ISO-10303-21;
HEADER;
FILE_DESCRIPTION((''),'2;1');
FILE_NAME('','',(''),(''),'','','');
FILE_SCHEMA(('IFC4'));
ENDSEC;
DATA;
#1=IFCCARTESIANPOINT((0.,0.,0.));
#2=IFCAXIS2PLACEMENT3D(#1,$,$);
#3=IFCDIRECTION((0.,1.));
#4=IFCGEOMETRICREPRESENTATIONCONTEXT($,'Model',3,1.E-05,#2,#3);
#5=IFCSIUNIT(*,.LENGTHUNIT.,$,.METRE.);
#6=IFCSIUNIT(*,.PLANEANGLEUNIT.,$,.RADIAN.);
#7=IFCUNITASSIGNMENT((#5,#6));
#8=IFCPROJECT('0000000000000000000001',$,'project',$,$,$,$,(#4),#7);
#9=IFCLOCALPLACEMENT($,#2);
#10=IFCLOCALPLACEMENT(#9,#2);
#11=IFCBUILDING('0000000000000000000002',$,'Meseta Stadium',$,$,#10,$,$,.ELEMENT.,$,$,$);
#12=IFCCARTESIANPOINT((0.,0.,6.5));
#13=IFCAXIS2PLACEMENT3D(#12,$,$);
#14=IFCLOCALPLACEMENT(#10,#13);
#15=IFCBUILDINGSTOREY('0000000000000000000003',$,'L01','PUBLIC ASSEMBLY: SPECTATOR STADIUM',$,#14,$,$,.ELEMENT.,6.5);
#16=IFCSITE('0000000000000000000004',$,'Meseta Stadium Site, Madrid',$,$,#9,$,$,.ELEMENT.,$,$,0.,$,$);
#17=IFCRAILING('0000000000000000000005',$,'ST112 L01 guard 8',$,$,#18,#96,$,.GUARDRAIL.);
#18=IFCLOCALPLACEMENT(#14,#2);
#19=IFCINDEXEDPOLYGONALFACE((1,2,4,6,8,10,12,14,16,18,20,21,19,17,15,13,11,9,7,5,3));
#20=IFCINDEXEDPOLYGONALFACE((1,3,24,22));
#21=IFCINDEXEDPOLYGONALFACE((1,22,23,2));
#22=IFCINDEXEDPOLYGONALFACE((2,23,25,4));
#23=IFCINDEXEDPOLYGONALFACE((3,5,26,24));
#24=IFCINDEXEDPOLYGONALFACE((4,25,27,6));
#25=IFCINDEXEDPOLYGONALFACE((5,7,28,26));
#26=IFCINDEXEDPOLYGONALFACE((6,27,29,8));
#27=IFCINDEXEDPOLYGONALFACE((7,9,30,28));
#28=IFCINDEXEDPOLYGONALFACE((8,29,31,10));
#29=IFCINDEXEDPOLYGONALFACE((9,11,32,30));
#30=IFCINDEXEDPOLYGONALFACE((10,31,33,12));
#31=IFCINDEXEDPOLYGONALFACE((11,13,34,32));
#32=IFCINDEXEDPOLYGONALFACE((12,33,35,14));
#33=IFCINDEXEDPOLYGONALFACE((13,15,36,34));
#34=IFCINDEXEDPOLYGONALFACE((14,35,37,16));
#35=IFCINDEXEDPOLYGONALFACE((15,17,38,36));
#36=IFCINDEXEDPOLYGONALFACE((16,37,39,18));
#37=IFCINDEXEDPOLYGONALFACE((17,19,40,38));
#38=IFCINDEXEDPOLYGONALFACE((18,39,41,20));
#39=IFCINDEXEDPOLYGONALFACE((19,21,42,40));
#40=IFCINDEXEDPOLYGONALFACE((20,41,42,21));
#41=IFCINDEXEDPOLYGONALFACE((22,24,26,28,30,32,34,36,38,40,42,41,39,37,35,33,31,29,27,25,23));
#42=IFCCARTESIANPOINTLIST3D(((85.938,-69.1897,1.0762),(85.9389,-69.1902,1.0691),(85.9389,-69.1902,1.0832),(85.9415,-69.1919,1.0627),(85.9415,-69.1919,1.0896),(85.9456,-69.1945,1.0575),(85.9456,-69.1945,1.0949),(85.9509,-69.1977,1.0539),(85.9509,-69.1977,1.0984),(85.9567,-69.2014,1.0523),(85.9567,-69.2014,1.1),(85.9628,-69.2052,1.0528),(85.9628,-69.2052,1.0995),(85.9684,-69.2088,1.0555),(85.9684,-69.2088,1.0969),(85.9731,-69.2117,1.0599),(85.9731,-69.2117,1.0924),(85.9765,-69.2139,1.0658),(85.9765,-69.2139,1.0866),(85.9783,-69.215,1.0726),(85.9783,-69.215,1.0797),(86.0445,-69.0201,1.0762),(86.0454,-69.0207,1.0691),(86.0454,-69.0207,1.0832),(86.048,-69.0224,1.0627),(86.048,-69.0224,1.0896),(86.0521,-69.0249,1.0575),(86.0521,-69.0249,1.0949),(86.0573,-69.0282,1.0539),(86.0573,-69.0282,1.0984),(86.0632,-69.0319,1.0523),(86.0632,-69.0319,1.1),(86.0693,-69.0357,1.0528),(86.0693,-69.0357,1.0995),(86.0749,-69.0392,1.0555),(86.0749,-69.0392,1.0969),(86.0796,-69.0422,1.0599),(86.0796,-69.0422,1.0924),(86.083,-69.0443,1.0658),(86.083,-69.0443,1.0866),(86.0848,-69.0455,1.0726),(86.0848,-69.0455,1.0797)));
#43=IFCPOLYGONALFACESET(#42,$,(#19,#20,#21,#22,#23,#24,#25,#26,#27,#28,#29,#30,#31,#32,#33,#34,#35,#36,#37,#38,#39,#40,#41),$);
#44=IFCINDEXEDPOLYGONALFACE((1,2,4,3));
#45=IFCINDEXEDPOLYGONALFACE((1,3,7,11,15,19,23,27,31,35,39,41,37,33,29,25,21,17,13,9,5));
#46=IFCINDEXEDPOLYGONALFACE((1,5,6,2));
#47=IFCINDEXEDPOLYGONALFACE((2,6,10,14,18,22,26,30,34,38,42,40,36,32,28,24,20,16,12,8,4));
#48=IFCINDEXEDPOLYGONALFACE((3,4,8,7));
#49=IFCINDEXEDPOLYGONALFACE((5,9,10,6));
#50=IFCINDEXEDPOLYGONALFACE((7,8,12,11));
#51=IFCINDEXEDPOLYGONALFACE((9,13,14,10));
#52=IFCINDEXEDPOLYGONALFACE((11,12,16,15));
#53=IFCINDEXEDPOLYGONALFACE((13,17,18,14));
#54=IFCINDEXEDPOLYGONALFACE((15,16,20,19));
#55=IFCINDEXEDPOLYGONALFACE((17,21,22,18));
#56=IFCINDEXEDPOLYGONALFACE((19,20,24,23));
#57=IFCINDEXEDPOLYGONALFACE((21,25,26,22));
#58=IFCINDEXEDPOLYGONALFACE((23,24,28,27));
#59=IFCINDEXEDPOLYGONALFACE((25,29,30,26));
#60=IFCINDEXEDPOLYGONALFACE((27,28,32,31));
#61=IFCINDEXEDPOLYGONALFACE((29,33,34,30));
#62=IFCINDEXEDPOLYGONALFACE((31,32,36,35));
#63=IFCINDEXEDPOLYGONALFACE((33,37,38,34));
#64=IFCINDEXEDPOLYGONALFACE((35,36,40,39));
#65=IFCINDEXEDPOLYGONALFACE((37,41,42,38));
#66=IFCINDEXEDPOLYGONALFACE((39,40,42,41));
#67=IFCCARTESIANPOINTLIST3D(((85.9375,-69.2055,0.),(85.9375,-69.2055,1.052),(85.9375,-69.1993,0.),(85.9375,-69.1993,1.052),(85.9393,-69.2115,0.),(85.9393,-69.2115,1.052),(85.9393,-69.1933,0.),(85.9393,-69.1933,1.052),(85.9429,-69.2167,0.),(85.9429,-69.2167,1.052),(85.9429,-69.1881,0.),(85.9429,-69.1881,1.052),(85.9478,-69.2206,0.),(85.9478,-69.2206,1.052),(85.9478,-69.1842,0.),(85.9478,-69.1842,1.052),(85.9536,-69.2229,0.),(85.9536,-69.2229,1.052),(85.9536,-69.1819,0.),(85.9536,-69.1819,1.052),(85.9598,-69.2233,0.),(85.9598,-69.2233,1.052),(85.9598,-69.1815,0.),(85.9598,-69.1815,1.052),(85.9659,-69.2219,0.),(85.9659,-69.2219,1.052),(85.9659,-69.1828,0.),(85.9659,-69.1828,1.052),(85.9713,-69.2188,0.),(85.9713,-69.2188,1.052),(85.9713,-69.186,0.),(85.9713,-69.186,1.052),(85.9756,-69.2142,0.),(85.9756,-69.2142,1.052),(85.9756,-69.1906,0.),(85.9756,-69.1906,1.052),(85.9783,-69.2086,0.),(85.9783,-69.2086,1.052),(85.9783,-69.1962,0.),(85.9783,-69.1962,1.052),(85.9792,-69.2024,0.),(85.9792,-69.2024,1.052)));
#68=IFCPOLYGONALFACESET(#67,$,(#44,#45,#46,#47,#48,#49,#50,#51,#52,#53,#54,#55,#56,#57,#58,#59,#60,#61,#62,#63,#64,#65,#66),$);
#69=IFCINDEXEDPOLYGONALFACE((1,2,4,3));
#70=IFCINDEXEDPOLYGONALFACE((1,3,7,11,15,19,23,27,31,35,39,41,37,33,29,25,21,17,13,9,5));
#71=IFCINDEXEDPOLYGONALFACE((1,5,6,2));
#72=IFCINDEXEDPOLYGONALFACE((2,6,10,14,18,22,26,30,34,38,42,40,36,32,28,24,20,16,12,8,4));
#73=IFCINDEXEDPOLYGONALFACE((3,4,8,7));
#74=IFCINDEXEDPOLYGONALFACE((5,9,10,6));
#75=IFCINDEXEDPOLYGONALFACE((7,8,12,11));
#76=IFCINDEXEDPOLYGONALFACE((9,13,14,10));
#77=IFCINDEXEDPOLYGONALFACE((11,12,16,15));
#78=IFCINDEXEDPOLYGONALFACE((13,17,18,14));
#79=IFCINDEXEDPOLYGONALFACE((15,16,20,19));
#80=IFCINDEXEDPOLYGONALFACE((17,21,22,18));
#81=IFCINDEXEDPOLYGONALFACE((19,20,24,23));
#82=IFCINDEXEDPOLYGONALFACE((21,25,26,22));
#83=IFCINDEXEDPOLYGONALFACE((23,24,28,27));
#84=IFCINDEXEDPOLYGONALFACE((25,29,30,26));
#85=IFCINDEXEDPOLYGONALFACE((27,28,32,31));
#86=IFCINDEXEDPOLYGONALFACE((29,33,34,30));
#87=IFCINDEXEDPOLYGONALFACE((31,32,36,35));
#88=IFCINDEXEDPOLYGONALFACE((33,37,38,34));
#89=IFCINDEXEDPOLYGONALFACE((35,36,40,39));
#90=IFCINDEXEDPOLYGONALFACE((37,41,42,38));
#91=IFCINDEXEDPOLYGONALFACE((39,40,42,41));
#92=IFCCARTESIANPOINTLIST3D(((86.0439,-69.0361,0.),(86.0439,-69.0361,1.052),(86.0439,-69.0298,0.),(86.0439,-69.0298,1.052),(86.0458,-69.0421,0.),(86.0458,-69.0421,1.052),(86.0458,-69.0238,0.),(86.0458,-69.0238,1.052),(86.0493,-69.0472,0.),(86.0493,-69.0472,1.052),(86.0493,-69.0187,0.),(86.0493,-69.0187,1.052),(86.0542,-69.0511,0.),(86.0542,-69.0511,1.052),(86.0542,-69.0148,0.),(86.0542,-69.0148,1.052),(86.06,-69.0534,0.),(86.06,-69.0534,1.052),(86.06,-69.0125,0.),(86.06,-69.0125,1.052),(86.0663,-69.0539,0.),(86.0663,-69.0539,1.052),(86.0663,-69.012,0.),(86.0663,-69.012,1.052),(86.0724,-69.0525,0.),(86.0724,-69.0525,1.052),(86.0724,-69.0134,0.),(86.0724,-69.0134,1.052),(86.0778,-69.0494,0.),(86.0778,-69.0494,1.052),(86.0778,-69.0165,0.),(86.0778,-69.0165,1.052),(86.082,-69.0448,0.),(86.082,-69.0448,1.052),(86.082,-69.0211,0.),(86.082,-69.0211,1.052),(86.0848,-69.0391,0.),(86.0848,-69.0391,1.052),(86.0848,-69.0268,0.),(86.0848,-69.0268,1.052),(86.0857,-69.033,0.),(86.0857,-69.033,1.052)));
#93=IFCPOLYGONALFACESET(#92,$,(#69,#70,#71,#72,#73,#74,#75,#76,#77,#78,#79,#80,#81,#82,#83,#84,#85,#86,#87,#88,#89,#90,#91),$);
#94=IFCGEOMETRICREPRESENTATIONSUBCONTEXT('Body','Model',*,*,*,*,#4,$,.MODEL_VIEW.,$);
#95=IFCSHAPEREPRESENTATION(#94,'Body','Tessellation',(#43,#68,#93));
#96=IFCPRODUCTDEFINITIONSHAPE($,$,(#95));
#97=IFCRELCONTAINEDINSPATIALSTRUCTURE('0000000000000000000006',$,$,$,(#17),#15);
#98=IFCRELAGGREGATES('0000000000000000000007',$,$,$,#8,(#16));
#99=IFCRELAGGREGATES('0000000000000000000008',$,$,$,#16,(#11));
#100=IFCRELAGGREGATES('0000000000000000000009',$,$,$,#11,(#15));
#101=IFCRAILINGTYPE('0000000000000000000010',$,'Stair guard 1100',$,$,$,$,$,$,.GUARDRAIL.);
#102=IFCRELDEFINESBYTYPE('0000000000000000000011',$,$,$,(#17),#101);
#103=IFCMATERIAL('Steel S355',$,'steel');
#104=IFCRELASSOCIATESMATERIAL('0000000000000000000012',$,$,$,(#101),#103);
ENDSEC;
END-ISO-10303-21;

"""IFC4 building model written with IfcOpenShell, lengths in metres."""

from ifc_helpers import new_model, si_unit, direction, frame, origin, origin_2d, place, context, subcontext, project, spatial, circle, extrude, material, type_object, element, save


model = new_model("IFC4")

# Units and contexts
model_context = context("Model", 3, precision=1e-05, world=origin(), true_north=direction((0.0, 1.0)))
body_context = subcontext(model_context, "Body", "Model", "MODEL_VIEW")
ifc_project = project(units=[si_unit("LENGTHUNIT", "METRE"), si_unit("PLANEANGLEUNIT", "RADIAN")], contexts=[model_context])

# Site, building, storey
site_placement = place(None, origin())
site = spatial("IfcSite", under=ifc_project, at=site_placement, Name="Meseta Stadium Site, Madrid", CompositionType="ELEMENT", RefElevation=0.0)
building_placement = place(site_placement, origin())
building = spatial("IfcBuilding", under=site, at=building_placement, Name="Meseta Stadium", CompositionType="ELEMENT")
storey_placement = place(building_placement, frame((0.0, 0.0, 6.5)))
storey = spatial("IfcBuildingStorey", under=building, at=storey_placement, Name="L01", Description="PUBLIC ASSEMBLY: SPECTATOR STADIUM", CompositionType="ELEMENT", Elevation=6.5)

# Railing
ifc_material_1 = material(Name="Steel S355", Category="steel")
railing_type_1 = type_object("IfcRailingType", Name="Stair guard 1100", PredefinedType="GUARDRAIL", material=ifc_material_1)
railing_1_placement = place(storey_placement, frame((85.9583, -69.2024, 0.0)))
element("IfcRailing", 1, at=railing_1_placement, inside=storey, type_object=railing_type_1, Name="ST112 L01 guard 8", PredefinedType="GUARDRAIL", context=body_context, shape_type="SweptSolid", body=[
    extrude(circle(Radius=0.0239, at=origin_2d()), frame((0.0, 0.0, 1.0762), z_axis=(0.531972, 0.846762, 0.0), x_axis=(-0.846762, 0.531972, 0.0)), (0.0, 0.0, 1.0), 0.2002),
    extrude(circle(Radius=0.021, at=origin_2d()), origin(), (0.0, 0.0, 1.0), 1.052),
    extrude(circle(Radius=0.021, at=origin_2d()), frame((0.1064, 0.1694, 0.0)), (0.0, 0.0, 1.0), 1.052),
])

save(model, "model.ifc")
